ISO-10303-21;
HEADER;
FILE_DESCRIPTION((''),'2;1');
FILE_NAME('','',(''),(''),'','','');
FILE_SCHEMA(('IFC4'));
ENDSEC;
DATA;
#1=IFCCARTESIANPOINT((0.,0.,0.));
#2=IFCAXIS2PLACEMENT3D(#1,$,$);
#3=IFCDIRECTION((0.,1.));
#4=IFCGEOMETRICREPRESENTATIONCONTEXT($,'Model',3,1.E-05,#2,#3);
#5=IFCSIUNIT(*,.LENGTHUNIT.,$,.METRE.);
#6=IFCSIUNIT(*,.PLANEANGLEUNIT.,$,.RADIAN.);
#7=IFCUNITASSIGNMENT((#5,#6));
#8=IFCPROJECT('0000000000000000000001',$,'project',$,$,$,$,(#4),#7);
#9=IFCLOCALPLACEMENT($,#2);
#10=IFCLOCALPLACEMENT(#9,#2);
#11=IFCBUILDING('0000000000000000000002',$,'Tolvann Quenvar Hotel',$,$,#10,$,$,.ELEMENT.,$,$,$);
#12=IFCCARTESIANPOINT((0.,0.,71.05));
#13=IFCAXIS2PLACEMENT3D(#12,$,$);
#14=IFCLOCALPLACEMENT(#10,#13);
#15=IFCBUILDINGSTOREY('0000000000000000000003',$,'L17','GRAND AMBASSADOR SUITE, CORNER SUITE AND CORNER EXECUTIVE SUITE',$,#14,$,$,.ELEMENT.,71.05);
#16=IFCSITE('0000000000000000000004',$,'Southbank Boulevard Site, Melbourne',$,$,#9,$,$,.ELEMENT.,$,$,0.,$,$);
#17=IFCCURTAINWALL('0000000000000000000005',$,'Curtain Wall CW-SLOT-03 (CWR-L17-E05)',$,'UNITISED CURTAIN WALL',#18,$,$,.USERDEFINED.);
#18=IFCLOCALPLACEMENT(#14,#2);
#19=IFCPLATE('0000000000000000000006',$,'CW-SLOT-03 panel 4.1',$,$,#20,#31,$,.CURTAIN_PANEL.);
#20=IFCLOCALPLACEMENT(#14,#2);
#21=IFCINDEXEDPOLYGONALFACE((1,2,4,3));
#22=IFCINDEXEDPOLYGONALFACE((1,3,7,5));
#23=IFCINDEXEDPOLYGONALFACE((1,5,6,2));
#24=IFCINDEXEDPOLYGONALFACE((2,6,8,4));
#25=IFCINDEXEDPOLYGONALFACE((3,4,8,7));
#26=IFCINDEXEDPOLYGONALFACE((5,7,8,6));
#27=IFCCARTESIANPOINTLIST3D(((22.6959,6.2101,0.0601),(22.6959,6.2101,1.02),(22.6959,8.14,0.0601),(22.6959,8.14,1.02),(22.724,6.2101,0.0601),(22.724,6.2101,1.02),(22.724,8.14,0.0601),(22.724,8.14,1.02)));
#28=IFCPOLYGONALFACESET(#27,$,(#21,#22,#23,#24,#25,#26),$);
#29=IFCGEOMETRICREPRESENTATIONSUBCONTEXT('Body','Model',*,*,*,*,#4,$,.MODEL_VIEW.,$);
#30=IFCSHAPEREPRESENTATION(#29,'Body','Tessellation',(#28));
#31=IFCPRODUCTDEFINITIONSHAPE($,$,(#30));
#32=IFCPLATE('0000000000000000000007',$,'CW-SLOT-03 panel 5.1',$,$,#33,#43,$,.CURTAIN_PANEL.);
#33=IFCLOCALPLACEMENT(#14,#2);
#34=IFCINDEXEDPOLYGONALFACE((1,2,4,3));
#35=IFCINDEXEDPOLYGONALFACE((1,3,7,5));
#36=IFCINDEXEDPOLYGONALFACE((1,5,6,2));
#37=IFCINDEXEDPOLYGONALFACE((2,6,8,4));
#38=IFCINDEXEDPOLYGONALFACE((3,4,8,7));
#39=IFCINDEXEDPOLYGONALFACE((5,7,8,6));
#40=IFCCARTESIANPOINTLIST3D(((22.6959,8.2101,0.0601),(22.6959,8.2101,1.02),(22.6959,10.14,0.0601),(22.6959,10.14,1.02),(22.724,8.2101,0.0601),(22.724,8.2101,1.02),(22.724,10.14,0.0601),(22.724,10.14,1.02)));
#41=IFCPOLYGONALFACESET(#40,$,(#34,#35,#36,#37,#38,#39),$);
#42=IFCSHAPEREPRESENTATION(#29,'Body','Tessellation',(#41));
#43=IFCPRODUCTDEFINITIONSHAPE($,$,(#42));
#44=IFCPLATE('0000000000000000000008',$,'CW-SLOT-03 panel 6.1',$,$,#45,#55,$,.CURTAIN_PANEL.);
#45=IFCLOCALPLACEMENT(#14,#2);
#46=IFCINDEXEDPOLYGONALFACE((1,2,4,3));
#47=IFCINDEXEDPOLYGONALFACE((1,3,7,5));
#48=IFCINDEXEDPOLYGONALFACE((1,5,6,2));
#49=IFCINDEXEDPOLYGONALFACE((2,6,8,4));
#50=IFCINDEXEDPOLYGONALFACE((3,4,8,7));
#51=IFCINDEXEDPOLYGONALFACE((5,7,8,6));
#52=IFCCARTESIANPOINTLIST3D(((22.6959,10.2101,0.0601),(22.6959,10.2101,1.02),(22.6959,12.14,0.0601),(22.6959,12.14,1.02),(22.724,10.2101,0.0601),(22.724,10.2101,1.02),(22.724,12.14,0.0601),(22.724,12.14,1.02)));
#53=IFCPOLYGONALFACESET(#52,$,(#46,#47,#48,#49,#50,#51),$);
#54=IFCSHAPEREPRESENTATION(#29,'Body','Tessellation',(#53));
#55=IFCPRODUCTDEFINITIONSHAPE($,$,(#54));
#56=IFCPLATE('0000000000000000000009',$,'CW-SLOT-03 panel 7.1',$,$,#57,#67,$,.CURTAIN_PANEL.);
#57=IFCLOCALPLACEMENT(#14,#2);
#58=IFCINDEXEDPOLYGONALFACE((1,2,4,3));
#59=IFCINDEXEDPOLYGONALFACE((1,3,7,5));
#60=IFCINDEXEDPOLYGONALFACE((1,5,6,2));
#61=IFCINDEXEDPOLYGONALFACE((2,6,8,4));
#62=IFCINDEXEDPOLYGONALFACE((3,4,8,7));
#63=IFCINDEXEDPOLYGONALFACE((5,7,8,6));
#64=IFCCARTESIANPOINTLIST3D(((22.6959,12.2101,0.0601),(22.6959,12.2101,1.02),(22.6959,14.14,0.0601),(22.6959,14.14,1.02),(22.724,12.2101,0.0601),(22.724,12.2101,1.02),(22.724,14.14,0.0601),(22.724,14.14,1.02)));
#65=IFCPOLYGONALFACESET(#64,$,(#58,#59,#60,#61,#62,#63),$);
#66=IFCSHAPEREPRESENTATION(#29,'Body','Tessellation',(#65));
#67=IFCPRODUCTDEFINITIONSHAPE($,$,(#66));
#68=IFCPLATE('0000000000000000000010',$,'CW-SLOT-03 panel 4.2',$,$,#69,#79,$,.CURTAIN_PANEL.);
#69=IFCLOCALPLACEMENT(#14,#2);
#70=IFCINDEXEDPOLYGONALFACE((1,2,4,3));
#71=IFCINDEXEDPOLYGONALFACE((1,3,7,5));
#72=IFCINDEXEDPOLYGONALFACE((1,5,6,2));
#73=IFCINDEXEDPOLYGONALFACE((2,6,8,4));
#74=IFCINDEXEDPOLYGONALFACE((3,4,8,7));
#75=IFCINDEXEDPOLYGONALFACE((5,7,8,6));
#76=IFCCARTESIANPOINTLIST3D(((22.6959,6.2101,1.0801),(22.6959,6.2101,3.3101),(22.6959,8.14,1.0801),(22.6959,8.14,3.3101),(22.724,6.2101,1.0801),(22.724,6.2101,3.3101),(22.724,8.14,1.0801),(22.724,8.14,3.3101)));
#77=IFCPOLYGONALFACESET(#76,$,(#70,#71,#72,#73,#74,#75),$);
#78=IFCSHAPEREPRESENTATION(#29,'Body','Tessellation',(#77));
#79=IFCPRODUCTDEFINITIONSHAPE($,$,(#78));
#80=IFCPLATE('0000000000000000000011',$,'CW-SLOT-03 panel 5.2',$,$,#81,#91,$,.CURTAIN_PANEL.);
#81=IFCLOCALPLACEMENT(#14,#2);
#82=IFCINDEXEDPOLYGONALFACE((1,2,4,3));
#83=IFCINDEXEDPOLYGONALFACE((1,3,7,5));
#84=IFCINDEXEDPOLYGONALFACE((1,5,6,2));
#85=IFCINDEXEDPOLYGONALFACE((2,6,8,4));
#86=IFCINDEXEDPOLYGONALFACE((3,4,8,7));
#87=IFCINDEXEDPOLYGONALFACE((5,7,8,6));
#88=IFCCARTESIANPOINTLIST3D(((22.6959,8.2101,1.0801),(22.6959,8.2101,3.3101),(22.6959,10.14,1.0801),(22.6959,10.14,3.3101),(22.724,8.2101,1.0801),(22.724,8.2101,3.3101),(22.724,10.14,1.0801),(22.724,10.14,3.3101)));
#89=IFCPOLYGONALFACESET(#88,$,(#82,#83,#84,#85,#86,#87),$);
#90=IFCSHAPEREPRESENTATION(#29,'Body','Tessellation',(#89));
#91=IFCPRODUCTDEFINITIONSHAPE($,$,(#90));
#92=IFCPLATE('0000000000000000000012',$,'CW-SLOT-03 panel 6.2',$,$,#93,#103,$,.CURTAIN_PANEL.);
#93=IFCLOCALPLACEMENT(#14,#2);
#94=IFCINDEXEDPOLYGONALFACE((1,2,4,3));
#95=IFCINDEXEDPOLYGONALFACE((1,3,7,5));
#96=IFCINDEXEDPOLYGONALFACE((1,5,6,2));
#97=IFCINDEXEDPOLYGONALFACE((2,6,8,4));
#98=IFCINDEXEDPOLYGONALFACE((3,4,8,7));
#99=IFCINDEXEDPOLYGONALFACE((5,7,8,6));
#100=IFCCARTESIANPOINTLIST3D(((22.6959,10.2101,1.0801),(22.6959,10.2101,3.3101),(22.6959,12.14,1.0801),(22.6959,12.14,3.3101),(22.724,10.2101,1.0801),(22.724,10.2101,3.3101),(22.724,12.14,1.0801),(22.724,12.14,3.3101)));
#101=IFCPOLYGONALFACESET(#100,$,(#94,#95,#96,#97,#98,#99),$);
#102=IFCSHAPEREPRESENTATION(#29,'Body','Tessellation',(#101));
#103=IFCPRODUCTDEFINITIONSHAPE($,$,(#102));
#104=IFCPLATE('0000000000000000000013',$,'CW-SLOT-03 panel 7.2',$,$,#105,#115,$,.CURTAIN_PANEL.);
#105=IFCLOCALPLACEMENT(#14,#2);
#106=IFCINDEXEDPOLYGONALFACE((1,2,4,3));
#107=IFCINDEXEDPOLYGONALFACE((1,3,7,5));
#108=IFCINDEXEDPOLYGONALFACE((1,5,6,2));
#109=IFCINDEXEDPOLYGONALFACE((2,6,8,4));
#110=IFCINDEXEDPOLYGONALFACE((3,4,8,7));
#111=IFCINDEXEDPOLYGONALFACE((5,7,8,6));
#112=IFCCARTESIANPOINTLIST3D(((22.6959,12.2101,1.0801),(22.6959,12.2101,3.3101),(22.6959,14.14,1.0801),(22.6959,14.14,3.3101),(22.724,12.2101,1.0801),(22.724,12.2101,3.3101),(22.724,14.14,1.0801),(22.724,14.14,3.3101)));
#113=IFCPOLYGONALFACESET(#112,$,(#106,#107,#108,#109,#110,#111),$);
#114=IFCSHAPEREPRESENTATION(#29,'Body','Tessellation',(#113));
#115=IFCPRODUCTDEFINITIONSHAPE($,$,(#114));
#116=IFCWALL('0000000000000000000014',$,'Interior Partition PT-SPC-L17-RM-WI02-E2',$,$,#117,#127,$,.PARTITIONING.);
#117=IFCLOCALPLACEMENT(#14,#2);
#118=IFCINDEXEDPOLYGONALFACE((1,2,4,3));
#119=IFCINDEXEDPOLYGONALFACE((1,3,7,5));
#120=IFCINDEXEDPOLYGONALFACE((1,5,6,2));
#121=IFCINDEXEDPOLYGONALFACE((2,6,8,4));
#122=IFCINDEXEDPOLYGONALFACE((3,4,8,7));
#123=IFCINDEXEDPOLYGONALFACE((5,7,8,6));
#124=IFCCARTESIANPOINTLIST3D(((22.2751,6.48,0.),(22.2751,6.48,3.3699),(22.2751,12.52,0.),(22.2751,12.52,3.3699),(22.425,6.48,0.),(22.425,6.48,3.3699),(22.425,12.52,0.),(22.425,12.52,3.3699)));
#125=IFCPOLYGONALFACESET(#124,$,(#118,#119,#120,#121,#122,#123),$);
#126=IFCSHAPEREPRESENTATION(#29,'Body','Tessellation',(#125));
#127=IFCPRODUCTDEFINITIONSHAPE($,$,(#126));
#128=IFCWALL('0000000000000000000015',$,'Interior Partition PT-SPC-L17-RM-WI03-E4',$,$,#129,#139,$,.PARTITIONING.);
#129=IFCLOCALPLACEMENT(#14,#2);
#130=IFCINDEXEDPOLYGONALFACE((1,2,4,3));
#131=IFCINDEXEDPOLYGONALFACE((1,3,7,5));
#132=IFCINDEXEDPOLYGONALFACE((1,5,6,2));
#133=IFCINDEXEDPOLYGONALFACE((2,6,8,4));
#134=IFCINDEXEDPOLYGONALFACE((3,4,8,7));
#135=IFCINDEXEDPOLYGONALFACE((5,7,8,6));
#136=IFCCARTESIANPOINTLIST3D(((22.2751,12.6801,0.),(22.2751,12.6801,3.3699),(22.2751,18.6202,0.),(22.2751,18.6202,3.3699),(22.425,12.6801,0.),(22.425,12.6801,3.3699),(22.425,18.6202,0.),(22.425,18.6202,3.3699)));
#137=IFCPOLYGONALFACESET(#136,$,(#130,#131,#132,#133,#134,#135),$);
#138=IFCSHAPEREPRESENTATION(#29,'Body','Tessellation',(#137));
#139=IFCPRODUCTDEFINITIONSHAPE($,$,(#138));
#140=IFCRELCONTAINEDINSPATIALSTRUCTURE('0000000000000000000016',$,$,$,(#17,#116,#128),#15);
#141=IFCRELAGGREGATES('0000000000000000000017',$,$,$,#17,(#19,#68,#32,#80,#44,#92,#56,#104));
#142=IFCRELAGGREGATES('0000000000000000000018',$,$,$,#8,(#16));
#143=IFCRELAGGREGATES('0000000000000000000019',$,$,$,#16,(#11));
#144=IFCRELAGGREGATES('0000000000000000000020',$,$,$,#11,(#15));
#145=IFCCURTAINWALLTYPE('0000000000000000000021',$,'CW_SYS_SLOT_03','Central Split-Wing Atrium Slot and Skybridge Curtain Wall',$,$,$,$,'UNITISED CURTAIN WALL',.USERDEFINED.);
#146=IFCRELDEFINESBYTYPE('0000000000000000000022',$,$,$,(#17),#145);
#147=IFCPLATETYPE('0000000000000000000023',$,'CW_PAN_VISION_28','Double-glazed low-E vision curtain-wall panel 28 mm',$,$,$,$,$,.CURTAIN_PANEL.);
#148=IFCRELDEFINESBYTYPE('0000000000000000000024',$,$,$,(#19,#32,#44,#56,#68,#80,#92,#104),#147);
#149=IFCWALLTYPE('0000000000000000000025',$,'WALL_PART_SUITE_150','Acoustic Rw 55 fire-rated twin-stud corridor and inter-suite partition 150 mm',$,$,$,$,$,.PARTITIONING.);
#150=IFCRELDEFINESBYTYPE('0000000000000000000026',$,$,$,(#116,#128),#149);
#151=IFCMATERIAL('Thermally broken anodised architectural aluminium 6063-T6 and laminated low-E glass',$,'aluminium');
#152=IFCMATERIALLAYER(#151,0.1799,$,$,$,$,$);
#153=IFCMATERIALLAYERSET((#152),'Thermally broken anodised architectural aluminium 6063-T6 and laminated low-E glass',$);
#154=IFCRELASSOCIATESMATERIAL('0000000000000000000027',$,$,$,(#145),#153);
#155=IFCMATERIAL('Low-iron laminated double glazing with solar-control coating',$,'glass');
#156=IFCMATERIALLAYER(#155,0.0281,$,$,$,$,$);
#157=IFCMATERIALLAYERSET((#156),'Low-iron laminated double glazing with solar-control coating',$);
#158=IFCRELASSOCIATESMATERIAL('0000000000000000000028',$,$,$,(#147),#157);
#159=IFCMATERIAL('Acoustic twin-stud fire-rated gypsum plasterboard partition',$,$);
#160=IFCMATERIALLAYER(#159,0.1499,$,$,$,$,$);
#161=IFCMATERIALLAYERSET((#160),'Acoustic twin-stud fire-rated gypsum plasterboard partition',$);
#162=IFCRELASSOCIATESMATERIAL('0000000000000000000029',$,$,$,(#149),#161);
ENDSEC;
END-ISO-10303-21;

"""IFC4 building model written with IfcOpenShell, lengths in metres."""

from ifc_helpers import new_model, si_unit, direction, frame, frame_2d, origin, origin_2d, place, context, subcontext, project, spatial, rectangle, extrude, source, transform, mapped, material, layer, layer_set, type_object, type_shapes, element, aggregate, save


model = new_model("IFC4")

# Units and contexts
model_context = context("Model", 3, precision=1e-05, world=origin(), true_north=direction((0.0, 1.0)))
body_context = subcontext(model_context, "Body", "Model", "MODEL_VIEW")
ifc_project = project(units=[si_unit("LENGTHUNIT", "METRE"), si_unit("PLANEANGLEUNIT", "RADIAN")], contexts=[model_context])

# Site, building, storey
site_placement = place(None, origin())
site = spatial("IfcSite", under=ifc_project, at=site_placement, Name="Southbank Boulevard Site, Melbourne", CompositionType="ELEMENT", RefElevation=0.0)
building_placement = place(site_placement, origin())
building = spatial("IfcBuilding", under=site, at=building_placement, Name="Tolvann Quenvar Hotel", CompositionType="ELEMENT")
storey_placement = place(building_placement, frame((0.0, 0.0, 71.05)))
storey = spatial("IfcBuildingStorey", under=building, at=storey_placement, Name="L17", Description="GRAND AMBASSADOR SUITE, CORNER SUITE AND CORNER EXECUTIVE SUITE", CompositionType="ELEMENT", Elevation=71.05)

# Curtain wall, plates
ifc_material_1 = material(Name="Thermally broken anodised architectural aluminium 6063-T6 and laminated low-E glass", Category="aluminium")
ifc_layer_1 = layer(ifc_material_1, 0.1799)
ifc_layer_set_1 = layer_set([ifc_layer_1], Name="Thermally broken anodised architectural aluminium 6063-T6 and laminated low-E glass")
curtain_wall_type = type_object("IfcCurtainWallType", Name="CW_SYS_SLOT_03", Description="Central Split-Wing Atrium Slot and Skybridge Curtain Wall", ElementType="UNITISED CURTAIN WALL", PredefinedType="USERDEFINED", material=ifc_layer_set_1)
curtain_wall_placement = place(storey_placement, origin())
curtain_wall = element("IfcCurtainWall", 1, at=curtain_wall_placement, inside=storey, type_object=curtain_wall_type, Name="Curtain Wall CW-SLOT-03 (CWR-L17-E05)", ObjectType="UNITISED CURTAIN WALL", PredefinedType="USERDEFINED")
ifc_material_2 = material(Name="Low-iron laminated double glazing with solar-control coating", Category="glass")
ifc_layer_2 = layer(ifc_material_2, 0.0281)
ifc_layer_set_2 = layer_set([ifc_layer_2], Name="Low-iron laminated double glazing with solar-control coating")
plate_type = type_object("IfcPlateType", Name="CW_PAN_VISION_28", Description="Double-glazed low-E vision curtain-wall panel 28 mm", PredefinedType="CURTAIN_PANEL", material=ifc_layer_set_2)
shared_shape_1 = source(origin(), body_context, "Body", "SweptSolid", [
    extrude(rectangle(XDim=1.9299, YDim=0.0281, at=origin_2d()), origin(), (0.0, 0.0, 1.0), 0.96),
])
plate_1_placement = place(storey_placement, frame((22.71, 7.175, 0.0601), z_axis=(0.0, 0.0, 1.0), x_axis=(0.0, 1.0, 0.0)))
plate_1 = element("IfcPlate", 2, at=plate_1_placement, type_object=plate_type, Name="CW-SLOT-03 panel 4.1", PredefinedType="CURTAIN_PANEL", context=body_context, shape_type="MappedRepresentation", body=[
    mapped(shared_shape_1, transform((0.0, 0.0, 0.0), x_axis=(1.0, 0.0, 0.0), y_axis=(0.0, 1.0, 0.0), z_axis=(0.0, 0.0, 1.0), scale=1.0)),
])
plate_2_placement = place(storey_placement, frame((22.71, 9.175, 0.0601), z_axis=(0.0, 0.0, 1.0), x_axis=(0.0, 1.0, 0.0)))
plate_2 = element("IfcPlate", 3, at=plate_2_placement, type_object=plate_type, Name="CW-SLOT-03 panel 5.1", PredefinedType="CURTAIN_PANEL", context=body_context, shape_type="MappedRepresentation", body=[
    mapped(shared_shape_1, transform((0.0, 0.0, 0.0), x_axis=(1.0, 0.0, 0.0), y_axis=(0.0, 1.0, 0.0), z_axis=(0.0, 0.0, 1.0), scale=1.0)),
])
plate_3_placement = place(storey_placement, frame((22.71, 11.175, 0.0601), z_axis=(0.0, 0.0, 1.0), x_axis=(0.0, 1.0, 0.0)))
plate_3 = element("IfcPlate", 4, at=plate_3_placement, type_object=plate_type, Name="CW-SLOT-03 panel 6.1", PredefinedType="CURTAIN_PANEL", context=body_context, shape_type="MappedRepresentation", body=[
    mapped(shared_shape_1, transform((0.0, 0.0, 0.0), x_axis=(1.0, 0.0, 0.0), y_axis=(0.0, 1.0, 0.0), z_axis=(0.0, 0.0, 1.0), scale=1.0)),
])
plate_4_placement = place(storey_placement, frame((22.71, 13.175, 0.0601), z_axis=(0.0, 0.0, 1.0), x_axis=(0.0, 1.0, 0.0)))
plate_4 = element("IfcPlate", 5, at=plate_4_placement, type_object=plate_type, Name="CW-SLOT-03 panel 7.1", PredefinedType="CURTAIN_PANEL", context=body_context, shape_type="MappedRepresentation", body=[
    mapped(shared_shape_1, transform((0.0, 0.0, 0.0), x_axis=(1.0, 0.0, 0.0), y_axis=(0.0, 1.0, 0.0), z_axis=(0.0, 0.0, 1.0), scale=1.0)),
])
shared_shape_2 = source(origin(), body_context, "Body", "SweptSolid", [
    extrude(rectangle(XDim=1.9299, YDim=0.0281, at=origin_2d()), origin(), (0.0, 0.0, 1.0), 2.23),
])
type_shapes(plate_type, [shared_shape_1, shared_shape_2])
plate_5_placement = place(storey_placement, frame((22.71, 7.175, 1.0801), z_axis=(0.0, 0.0, 1.0), x_axis=(0.0, 1.0, 0.0)))
plate_5 = element("IfcPlate", 6, at=plate_5_placement, type_object=plate_type, Name="CW-SLOT-03 panel 4.2", PredefinedType="CURTAIN_PANEL", context=body_context, shape_type="MappedRepresentation", body=[
    mapped(shared_shape_2, transform((0.0, 0.0, 0.0), x_axis=(1.0, 0.0, 0.0), y_axis=(0.0, 1.0, 0.0), z_axis=(0.0, 0.0, 1.0), scale=1.0)),
])
plate_6_placement = place(storey_placement, frame((22.71, 9.175, 1.0801), z_axis=(0.0, 0.0, 1.0), x_axis=(0.0, 1.0, 0.0)))
plate_6 = element("IfcPlate", 7, at=plate_6_placement, type_object=plate_type, Name="CW-SLOT-03 panel 5.2", PredefinedType="CURTAIN_PANEL", context=body_context, shape_type="MappedRepresentation", body=[
    mapped(shared_shape_2, transform((0.0, 0.0, 0.0), x_axis=(1.0, 0.0, 0.0), y_axis=(0.0, 1.0, 0.0), z_axis=(0.0, 0.0, 1.0), scale=1.0)),
])
plate_7_placement = place(storey_placement, frame((22.71, 11.175, 1.0801), z_axis=(0.0, 0.0, 1.0), x_axis=(0.0, 1.0, 0.0)))
plate_7 = element("IfcPlate", 8, at=plate_7_placement, type_object=plate_type, Name="CW-SLOT-03 panel 6.2", PredefinedType="CURTAIN_PANEL", context=body_context, shape_type="MappedRepresentation", body=[
    mapped(shared_shape_2, transform((0.0, 0.0, 0.0), x_axis=(1.0, 0.0, 0.0), y_axis=(0.0, 1.0, 0.0), z_axis=(0.0, 0.0, 1.0), scale=1.0)),
])
plate_8_placement = place(storey_placement, frame((22.71, 13.175, 1.0801), z_axis=(0.0, 0.0, 1.0), x_axis=(0.0, 1.0, 0.0)))
plate_8 = element("IfcPlate", 9, at=plate_8_placement, type_object=plate_type, Name="CW-SLOT-03 panel 7.2", PredefinedType="CURTAIN_PANEL", context=body_context, shape_type="MappedRepresentation", body=[
    mapped(shared_shape_2, transform((0.0, 0.0, 0.0), x_axis=(1.0, 0.0, 0.0), y_axis=(0.0, 1.0, 0.0), z_axis=(0.0, 0.0, 1.0), scale=1.0)),
])
aggregate(curtain_wall, [plate_1, plate_5, plate_2, plate_6, plate_3, plate_7, plate_4, plate_8])

# Walls
ifc_material_3 = material(Name="Acoustic twin-stud fire-rated gypsum plasterboard partition")
ifc_layer_3 = layer(ifc_material_3, 0.1499)
ifc_layer_set_3 = layer_set([ifc_layer_3], Name="Acoustic twin-stud fire-rated gypsum plasterboard partition")
wall_type = type_object("IfcWallType", Name="WALL_PART_SUITE_150", Description="Acoustic Rw 55 fire-rated twin-stud corridor and inter-suite partition 150 mm", PredefinedType="PARTITIONING", material=ifc_layer_set_3)
wall_1_placement = place(storey_placement, frame((22.3501, 6.48, 0.0), z_axis=(0.0, 0.0, 1.0), x_axis=(0.0, 1.0, 0.0)))
element("IfcWall", 10, at=wall_1_placement, inside=storey, type_object=wall_type, Name="Interior Partition PT-SPC-L17-RM-WI02-E2", PredefinedType="PARTITIONING", context=body_context, shape_type="SweptSolid", body=[
    extrude(rectangle(XDim=6.04, YDim=0.1499, at=frame_2d((3.02, 0.0))), origin(), (0.0, 0.0, 1.0), 3.3699),
])
wall_2_placement = place(storey_placement, frame((22.3501, 12.6799, 0.0), z_axis=(0.0, 0.0, 1.0), x_axis=(0.0, 1.0, 0.0)))
element("IfcWall", 11, at=wall_2_placement, inside=storey, type_object=wall_type, Name="Interior Partition PT-SPC-L17-RM-WI03-E4", PredefinedType="PARTITIONING", context=body_context, shape_type="SweptSolid", body=[
    extrude(rectangle(XDim=5.9402, YDim=0.1499, at=frame_2d((2.9702, 0.0))), origin(), (0.0, 0.0, 1.0), 3.3699),
])

save(model, "model.ifc")
